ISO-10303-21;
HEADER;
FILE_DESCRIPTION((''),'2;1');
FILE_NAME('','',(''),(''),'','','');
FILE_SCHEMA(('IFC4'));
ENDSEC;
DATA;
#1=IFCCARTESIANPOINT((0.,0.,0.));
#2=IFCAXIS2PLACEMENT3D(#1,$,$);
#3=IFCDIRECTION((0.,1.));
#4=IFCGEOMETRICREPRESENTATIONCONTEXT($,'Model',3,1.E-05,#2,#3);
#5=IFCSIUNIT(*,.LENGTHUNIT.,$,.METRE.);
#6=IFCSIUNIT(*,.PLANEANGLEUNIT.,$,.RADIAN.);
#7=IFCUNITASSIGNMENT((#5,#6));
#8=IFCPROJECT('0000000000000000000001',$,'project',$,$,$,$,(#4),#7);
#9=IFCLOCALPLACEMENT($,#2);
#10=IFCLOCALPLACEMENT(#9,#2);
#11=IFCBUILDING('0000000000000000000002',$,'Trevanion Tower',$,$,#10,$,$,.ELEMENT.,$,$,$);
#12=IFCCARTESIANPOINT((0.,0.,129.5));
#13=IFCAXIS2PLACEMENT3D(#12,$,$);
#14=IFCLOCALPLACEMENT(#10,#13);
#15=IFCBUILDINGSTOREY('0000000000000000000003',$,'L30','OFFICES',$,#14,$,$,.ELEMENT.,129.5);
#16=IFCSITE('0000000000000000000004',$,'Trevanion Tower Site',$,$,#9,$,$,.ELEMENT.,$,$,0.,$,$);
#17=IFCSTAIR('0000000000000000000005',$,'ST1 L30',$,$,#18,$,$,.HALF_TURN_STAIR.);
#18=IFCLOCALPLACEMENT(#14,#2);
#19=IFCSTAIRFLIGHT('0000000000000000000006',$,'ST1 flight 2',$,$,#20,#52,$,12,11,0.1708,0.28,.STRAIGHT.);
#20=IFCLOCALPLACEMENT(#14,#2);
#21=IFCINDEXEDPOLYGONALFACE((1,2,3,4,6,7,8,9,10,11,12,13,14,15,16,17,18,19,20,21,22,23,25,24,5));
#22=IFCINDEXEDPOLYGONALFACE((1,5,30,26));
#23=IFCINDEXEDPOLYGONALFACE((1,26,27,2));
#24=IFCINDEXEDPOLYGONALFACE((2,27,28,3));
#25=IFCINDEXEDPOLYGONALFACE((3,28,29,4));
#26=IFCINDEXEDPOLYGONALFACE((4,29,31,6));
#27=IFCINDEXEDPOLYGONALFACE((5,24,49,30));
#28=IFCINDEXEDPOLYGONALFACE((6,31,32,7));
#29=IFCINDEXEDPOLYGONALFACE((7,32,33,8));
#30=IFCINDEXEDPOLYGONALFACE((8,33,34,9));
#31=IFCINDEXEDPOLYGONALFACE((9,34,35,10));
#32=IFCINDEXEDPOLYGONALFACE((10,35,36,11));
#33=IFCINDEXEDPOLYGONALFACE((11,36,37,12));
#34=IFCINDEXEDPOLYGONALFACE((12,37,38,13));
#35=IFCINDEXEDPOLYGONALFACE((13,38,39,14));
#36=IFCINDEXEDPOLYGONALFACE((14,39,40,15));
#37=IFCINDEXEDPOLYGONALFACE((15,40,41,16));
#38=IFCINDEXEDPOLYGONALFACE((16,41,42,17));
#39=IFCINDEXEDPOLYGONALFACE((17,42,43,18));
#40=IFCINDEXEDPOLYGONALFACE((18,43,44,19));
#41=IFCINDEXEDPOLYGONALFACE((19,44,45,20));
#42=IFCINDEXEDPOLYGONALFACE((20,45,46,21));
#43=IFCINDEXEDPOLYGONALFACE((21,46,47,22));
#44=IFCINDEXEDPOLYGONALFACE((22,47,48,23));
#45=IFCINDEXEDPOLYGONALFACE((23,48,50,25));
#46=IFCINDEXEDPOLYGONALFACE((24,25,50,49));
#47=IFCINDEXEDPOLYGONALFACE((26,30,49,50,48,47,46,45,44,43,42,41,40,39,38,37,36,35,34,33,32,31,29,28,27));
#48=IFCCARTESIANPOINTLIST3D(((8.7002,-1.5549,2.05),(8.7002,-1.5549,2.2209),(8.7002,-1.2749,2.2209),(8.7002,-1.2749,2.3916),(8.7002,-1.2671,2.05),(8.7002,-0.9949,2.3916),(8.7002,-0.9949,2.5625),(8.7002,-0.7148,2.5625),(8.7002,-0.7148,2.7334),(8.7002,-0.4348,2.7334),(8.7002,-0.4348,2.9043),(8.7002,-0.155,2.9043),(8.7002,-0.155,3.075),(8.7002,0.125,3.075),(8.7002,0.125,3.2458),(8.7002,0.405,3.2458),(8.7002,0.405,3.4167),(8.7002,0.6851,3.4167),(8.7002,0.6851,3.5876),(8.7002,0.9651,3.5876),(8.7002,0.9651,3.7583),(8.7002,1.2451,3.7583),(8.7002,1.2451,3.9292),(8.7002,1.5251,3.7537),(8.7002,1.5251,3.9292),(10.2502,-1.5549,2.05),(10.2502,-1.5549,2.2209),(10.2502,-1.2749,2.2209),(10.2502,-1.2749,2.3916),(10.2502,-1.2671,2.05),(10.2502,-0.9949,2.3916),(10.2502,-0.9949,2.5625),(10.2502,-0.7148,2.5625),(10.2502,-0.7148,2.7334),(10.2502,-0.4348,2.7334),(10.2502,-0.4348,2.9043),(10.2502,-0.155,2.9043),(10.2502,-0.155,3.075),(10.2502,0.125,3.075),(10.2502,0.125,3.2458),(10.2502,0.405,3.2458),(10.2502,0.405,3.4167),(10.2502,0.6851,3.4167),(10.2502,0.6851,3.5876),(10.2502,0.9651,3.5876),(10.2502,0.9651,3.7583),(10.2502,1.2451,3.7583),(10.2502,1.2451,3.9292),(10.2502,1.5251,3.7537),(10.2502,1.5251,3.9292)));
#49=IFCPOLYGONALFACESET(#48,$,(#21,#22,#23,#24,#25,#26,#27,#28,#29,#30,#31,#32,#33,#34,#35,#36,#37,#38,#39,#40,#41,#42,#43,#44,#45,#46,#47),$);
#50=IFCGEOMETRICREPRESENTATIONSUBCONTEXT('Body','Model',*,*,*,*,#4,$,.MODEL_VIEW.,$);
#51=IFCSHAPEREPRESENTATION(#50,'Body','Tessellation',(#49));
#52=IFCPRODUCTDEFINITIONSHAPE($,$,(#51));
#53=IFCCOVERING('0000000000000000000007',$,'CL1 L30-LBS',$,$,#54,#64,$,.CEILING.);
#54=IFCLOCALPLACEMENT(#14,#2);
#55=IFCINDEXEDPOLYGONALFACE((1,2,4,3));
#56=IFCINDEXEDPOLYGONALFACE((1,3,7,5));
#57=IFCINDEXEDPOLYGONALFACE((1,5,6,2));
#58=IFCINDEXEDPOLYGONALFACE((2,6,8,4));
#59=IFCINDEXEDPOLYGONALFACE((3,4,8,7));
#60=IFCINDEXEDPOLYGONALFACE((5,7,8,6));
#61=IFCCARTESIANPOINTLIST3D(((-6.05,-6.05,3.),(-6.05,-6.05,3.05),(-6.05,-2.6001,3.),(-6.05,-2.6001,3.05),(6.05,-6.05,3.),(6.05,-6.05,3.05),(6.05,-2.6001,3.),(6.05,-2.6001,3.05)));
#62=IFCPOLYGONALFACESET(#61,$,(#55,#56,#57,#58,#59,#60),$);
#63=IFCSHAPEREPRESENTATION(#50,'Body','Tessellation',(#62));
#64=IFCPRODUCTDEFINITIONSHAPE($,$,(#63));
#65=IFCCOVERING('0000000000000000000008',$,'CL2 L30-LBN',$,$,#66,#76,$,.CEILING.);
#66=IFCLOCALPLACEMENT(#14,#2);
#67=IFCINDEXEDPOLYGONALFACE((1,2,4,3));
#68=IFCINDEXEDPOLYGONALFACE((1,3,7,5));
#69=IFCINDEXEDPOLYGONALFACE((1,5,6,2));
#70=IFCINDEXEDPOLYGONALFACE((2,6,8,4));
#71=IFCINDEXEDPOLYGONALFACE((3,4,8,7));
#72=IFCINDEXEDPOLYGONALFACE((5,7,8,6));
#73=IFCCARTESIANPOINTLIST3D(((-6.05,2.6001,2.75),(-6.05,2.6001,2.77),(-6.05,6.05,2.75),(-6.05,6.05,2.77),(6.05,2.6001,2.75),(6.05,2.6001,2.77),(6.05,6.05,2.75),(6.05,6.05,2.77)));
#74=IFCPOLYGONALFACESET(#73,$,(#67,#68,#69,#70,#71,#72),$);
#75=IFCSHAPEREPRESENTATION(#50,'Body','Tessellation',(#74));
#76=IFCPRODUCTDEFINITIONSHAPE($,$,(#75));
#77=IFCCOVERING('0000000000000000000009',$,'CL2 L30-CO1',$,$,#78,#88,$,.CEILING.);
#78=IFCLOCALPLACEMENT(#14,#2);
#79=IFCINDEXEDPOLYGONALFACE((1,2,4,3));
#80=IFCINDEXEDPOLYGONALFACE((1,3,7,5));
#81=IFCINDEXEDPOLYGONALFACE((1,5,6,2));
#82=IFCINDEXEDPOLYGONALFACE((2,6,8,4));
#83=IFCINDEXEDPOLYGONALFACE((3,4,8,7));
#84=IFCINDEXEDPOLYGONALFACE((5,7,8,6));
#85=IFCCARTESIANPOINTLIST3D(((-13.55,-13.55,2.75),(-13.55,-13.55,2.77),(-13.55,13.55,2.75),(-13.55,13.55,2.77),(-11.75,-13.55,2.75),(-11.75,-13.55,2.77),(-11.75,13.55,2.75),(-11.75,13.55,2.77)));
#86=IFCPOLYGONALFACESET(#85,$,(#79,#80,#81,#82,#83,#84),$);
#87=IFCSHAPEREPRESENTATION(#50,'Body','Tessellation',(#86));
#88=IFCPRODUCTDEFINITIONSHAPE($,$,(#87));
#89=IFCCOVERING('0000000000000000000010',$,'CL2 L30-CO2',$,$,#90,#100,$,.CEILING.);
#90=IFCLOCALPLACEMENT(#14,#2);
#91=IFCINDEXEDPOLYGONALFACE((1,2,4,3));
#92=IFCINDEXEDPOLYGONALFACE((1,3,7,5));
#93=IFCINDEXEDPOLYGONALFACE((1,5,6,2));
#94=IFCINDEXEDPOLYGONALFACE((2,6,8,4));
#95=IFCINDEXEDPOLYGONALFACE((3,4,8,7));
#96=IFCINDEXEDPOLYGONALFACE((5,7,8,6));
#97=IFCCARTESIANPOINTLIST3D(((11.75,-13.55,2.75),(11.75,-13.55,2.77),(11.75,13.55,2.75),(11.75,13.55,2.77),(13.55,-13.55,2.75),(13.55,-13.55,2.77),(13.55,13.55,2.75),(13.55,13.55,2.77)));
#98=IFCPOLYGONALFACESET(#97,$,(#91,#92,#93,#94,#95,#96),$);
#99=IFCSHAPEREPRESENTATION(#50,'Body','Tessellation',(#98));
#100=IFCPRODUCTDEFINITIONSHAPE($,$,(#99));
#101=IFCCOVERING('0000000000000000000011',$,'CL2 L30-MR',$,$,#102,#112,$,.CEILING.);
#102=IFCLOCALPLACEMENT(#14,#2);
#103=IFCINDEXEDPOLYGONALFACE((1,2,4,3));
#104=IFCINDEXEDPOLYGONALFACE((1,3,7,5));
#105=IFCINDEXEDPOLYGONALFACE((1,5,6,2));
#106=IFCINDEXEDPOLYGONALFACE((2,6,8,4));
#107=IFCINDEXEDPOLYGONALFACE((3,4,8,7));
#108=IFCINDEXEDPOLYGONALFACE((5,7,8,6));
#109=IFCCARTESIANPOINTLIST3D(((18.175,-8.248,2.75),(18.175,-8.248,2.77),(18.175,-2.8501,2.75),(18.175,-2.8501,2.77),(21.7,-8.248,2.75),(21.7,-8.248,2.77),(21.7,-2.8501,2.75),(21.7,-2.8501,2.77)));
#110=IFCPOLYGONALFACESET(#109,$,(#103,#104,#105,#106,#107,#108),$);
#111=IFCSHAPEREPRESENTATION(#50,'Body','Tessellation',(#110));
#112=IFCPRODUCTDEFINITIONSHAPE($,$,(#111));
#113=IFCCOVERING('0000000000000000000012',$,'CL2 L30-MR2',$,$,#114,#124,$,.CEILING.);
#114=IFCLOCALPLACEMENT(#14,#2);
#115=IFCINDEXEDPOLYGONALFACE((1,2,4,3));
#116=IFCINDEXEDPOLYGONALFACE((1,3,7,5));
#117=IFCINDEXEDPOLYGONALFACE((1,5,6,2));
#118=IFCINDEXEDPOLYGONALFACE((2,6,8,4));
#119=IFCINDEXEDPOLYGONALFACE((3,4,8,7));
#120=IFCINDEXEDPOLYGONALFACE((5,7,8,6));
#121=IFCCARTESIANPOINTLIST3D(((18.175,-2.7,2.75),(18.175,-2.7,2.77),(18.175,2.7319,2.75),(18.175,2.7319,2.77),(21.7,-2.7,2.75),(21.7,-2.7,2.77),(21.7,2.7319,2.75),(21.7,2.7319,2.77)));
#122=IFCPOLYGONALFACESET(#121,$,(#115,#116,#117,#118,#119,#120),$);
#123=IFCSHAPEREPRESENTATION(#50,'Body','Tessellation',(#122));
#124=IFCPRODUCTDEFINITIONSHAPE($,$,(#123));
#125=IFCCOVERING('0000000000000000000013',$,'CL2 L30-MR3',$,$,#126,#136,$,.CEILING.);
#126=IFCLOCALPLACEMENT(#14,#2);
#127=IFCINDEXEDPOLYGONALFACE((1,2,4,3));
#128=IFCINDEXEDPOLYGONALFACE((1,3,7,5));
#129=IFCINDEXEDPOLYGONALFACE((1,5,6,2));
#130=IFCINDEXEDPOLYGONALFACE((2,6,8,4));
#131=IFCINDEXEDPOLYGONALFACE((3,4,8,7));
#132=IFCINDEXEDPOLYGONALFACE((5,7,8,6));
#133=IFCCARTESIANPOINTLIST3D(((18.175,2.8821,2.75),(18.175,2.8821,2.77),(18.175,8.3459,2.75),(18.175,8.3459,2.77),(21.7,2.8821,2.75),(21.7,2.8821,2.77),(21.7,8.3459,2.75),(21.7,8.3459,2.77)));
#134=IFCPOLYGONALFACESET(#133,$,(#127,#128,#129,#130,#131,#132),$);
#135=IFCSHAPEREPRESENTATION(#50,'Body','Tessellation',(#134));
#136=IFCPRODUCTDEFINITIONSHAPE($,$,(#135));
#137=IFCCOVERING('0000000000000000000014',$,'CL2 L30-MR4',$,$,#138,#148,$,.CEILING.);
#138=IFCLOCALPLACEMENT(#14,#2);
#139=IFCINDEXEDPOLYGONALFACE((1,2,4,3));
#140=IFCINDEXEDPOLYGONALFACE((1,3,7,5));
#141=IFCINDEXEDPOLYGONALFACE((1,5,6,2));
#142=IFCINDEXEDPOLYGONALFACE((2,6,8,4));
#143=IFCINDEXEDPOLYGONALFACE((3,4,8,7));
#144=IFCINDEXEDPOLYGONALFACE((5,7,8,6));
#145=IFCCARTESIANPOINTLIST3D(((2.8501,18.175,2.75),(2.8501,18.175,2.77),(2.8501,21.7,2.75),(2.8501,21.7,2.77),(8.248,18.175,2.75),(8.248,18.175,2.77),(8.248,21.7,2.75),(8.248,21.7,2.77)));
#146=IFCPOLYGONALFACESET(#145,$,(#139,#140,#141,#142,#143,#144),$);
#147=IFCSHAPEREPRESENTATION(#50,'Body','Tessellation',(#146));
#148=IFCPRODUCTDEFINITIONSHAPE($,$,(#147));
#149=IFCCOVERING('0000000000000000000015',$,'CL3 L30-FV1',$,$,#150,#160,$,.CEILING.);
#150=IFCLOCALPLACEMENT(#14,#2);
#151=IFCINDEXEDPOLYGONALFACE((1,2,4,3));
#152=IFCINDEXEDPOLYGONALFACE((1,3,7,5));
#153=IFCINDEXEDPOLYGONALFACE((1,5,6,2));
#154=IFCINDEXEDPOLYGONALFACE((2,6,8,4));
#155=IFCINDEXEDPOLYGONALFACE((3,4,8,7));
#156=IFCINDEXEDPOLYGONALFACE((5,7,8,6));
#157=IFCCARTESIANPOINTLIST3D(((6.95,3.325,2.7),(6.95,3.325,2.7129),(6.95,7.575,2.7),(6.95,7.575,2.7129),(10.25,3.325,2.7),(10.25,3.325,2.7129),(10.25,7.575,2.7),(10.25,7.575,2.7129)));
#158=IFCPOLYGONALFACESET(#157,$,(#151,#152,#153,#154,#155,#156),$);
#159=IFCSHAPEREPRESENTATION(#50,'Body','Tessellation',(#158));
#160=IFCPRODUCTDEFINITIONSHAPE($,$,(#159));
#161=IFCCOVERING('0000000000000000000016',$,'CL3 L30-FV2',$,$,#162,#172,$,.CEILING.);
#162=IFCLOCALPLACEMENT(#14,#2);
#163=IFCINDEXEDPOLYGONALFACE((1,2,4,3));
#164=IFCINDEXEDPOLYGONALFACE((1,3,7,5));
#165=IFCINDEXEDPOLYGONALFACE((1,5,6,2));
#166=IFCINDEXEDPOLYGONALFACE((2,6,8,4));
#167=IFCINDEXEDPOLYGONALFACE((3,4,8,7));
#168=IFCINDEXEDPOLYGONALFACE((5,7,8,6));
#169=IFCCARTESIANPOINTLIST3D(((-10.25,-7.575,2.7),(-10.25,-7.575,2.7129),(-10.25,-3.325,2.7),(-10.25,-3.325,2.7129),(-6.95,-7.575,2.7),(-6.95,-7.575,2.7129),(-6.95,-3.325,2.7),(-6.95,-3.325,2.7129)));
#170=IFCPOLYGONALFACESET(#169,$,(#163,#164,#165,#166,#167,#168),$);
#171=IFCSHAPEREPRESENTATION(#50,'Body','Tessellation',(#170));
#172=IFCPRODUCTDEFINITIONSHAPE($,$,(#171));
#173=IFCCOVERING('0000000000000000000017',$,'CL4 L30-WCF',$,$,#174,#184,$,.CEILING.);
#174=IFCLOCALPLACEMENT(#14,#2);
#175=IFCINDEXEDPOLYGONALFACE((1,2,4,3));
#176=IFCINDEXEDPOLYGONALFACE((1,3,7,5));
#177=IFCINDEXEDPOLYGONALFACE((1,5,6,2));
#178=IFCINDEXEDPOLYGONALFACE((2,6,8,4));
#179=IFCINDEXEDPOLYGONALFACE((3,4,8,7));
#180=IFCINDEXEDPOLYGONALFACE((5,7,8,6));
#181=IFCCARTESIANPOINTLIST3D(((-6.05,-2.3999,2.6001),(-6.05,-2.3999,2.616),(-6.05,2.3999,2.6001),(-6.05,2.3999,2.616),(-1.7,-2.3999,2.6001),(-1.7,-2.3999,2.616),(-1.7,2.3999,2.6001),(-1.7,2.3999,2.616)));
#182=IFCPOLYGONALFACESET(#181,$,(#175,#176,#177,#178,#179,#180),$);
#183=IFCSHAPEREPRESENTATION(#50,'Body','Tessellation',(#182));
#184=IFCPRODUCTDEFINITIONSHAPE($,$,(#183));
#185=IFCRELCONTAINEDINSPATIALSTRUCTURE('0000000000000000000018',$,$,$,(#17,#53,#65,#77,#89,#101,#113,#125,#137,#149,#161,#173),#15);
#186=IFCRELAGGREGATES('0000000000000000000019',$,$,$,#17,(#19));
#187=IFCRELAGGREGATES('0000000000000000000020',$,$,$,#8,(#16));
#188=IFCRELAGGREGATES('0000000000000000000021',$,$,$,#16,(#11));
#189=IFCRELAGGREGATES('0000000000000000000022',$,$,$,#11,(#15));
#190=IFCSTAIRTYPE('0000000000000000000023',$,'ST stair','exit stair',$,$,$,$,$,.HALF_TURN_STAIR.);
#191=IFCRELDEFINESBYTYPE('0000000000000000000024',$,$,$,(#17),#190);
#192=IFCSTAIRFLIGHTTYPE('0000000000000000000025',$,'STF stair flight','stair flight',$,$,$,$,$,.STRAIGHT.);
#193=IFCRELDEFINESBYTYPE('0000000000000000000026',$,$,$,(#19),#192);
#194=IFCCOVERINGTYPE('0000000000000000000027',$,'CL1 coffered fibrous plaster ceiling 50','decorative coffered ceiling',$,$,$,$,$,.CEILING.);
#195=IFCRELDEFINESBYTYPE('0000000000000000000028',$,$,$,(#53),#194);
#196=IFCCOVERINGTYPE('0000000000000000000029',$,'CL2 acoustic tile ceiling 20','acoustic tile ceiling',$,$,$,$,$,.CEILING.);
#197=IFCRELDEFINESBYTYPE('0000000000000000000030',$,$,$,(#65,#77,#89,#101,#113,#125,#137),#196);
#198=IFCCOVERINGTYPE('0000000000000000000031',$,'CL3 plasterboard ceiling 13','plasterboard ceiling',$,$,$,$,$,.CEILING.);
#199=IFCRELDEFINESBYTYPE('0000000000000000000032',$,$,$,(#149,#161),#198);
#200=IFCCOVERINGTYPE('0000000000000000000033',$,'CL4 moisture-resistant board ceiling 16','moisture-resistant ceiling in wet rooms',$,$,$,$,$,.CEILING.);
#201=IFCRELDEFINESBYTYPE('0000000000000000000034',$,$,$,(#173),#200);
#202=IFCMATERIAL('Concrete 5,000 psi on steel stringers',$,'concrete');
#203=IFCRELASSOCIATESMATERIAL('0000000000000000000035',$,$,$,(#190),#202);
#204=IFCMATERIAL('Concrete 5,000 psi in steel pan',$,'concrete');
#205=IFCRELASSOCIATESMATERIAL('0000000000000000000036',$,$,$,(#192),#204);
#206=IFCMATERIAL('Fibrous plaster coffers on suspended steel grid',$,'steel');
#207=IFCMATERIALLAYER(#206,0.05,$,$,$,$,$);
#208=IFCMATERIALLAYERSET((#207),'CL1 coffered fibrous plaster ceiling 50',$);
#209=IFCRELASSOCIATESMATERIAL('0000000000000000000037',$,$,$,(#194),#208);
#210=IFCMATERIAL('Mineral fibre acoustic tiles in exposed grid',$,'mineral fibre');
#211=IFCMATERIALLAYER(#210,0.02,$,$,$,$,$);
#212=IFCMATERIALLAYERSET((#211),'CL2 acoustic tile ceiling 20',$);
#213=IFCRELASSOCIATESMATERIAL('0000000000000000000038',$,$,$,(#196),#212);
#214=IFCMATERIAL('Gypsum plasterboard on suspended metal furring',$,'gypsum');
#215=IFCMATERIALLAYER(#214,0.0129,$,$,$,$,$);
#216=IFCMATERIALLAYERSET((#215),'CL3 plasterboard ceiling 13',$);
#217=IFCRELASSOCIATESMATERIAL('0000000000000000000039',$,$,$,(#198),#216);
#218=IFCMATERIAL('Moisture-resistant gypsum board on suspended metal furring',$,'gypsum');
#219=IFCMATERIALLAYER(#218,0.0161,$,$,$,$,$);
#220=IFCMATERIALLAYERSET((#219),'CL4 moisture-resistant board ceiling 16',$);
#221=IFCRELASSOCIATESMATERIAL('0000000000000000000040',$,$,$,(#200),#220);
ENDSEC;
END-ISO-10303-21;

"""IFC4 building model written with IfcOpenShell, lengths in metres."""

from ifc_helpers import new_model, si_unit, direction, frame, origin, place, context, subcontext, project, spatial, polyline, outline, extrude, material, layer, layer_set, type_object, element, aggregate, save


model = new_model("IFC4")

# Units and contexts
model_context = context("Model", 3, precision=1e-05, world=origin(), true_north=direction((0.0, 1.0)))
body_context = subcontext(model_context, "Body", "Model", "MODEL_VIEW")
ifc_project = project(units=[si_unit("LENGTHUNIT", "METRE"), si_unit("PLANEANGLEUNIT", "RADIAN")], contexts=[model_context])

# Site, building, storey
site_placement = place(None, origin())
site = spatial("IfcSite", under=ifc_project, at=site_placement, Name="Trevanion Tower Site", CompositionType="ELEMENT", RefElevation=0.0)
building_placement = place(site_placement, origin())
building = spatial("IfcBuilding", under=site, at=building_placement, Name="Trevanion Tower", CompositionType="ELEMENT")
storey_placement = place(building_placement, frame((0.0, 0.0, 129.5)))
storey = spatial("IfcBuildingStorey", under=building, at=storey_placement, Name="L30", Description="OFFICES", CompositionType="ELEMENT", Elevation=129.5)

# Shared definitions
ifc_material_1 = material(Name="Concrete 5,000 psi on steel stringers", Category="concrete")
stair_type = type_object("IfcStairType", Name="ST stair", Description="exit stair", PredefinedType="HALF_TURN_STAIR", material=ifc_material_1)

# Stair, stair flight
stair_1_placement = place(storey_placement, origin())
stair_1 = element("IfcStair", 1, at=stair_1_placement, inside=storey, type_object=stair_type, Name="ST1 L30", PredefinedType="HALF_TURN_STAIR")
ifc_material_2 = material(Name="Concrete 5,000 psi in steel pan", Category="concrete")
stair_flight_type = type_object("IfcStairFlightType", Name="STF stair flight", Description="stair flight", PredefinedType="STRAIGHT", material=ifc_material_2)
stair_flight_placement = place(storey_placement, frame((9.4751, -1.5549, 2.05), z_axis=(0.0, 0.0, 1.0), x_axis=(0.0, 1.0, 0.0)))
stair_flight = element("IfcStairFlight", 2, at=stair_flight_placement, type_object=stair_flight_type, Name="ST1 flight 2", NumberOfRisers=12, NumberOfTreads=11, PredefinedType="STRAIGHT", RiserHeight=0.1708, TreadLength=0.28, context=body_context, shape_type="SweptSolid", body=[
    extrude(outline(polyline([(0.0, 0.0), (0.0, 0.1709), (0.28, 0.1709), (0.28, 0.3416), (0.5601, 0.3416), (0.5601, 0.5125), (0.8401, 0.5125), (0.8401, 0.6833), (1.1201, 0.6833), (1.1201, 0.8542), (1.3999, 0.8542), (1.3999, 1.0249), (1.6799, 1.0249), (1.6799, 1.1958), (1.96, 1.1958), (1.96, 1.3667), (2.24, 1.3667), (2.24, 1.5376), (2.52, 1.5376), (2.52, 1.7083), (2.8, 1.7083), (2.8, 1.8792), (3.0801, 1.8792), (3.0801, 2.05), (3.0801, 1.7036), (0.2878, 0.0), (0.0, 0.0)])), frame((0.0, 0.7749, 0.0), z_axis=(0.0, -1.0, 0.0), x_axis=(1.0, 0.0, 0.0)), (0.0, 0.0, 1.0), 1.55),
])
aggregate(stair_1, [stair_flight])

# Coverings
ifc_material_3 = material(Name="Fibrous plaster coffers on suspended steel grid", Category="steel")
ifc_layer_1 = layer(ifc_material_3, 0.05)
ifc_layer_set_1 = layer_set([ifc_layer_1], Name="CL1 coffered fibrous plaster ceiling 50")
covering_type_1 = type_object("IfcCoveringType", Name="CL1 coffered fibrous plaster ceiling 50", Description="decorative coffered ceiling", PredefinedType="CEILING", material=ifc_layer_set_1)
covering_1_placement = place(storey_placement, frame((0.0, 0.0, 3.0)))
element("IfcCovering", 3, at=covering_1_placement, inside=storey, type_object=covering_type_1, Name="CL1 L30-LBS", PredefinedType="CEILING", context=body_context, shape_type="SweptSolid", body=[
    extrude(outline(polyline([(6.05, -6.05), (6.05, -2.6001), (-6.05, -2.6001), (-6.05, -6.05), (6.05, -6.05)])), origin(), (0.0, 0.0, 1.0), 0.05),
])
ifc_material_4 = material(Name="Mineral fibre acoustic tiles in exposed grid", Category="mineral fibre")
ifc_layer_2 = layer(ifc_material_4, 0.02)
ifc_layer_set_2 = layer_set([ifc_layer_2], Name="CL2 acoustic tile ceiling 20")
covering_type_2 = type_object("IfcCoveringType", Name="CL2 acoustic tile ceiling 20", Description="acoustic tile ceiling", PredefinedType="CEILING", material=ifc_layer_set_2)
covering_2_placement = place(storey_placement, frame((0.0, 0.0, 2.75)))
element("IfcCovering", 4, at=covering_2_placement, inside=storey, type_object=covering_type_2, Name="CL2 L30-LBN", PredefinedType="CEILING", context=body_context, shape_type="SweptSolid", body=[
    extrude(outline(polyline([(6.05, 2.6001), (6.05, 6.05), (-6.05, 6.05), (-6.05, 2.6001), (6.05, 2.6001)])), origin(), (0.0, 0.0, 1.0), 0.02),
])
covering_3_placement = place(storey_placement, frame((0.0, 0.0, 2.75)))
element("IfcCovering", 5, at=covering_3_placement, inside=storey, type_object=covering_type_2, Name="CL2 L30-CO1", PredefinedType="CEILING", context=body_context, shape_type="SweptSolid", body=[
    extrude(outline(polyline([(-11.75, 13.55), (-11.75, -13.55), (-13.55, -13.55), (-13.55, 13.55), (-11.75, 13.55)])), origin(), (0.0, 0.0, 1.0), 0.02),
])
covering_4_placement = place(storey_placement, frame((0.0, 0.0, 2.75)))
element("IfcCovering", 6, at=covering_4_placement, inside=storey, type_object=covering_type_2, Name="CL2 L30-CO2", PredefinedType="CEILING", context=body_context, shape_type="SweptSolid", body=[
    extrude(outline(polyline([(11.75, 13.55), (13.55, 13.55), (13.55, -13.55), (11.75, -13.55), (11.75, 13.55)])), origin(), (0.0, 0.0, 1.0), 0.02),
])
covering_5_placement = place(storey_placement, frame((0.0, 0.0, 2.75)))
element("IfcCovering", 7, at=covering_5_placement, inside=storey, type_object=covering_type_2, Name="CL2 L30-MR", PredefinedType="CEILING", context=body_context, shape_type="SweptSolid", body=[
    extrude(outline(polyline([(18.175, -8.248), (18.175, -2.8501), (21.7, -2.8501), (21.7, -8.248), (18.175, -8.248)])), origin(), (0.0, 0.0, 1.0), 0.02),
])
covering_6_placement = place(storey_placement, frame((0.0, 0.0, 2.75)))
element("IfcCovering", 8, at=covering_6_placement, inside=storey, type_object=covering_type_2, Name="CL2 L30-MR2", PredefinedType="CEILING", context=body_context, shape_type="SweptSolid", body=[
    extrude(outline(polyline([(18.175, -2.7), (18.175, 2.7319), (21.7, 2.7319), (21.7, -2.7), (18.175, -2.7)])), origin(), (0.0, 0.0, 1.0), 0.02),
])
covering_7_placement = place(storey_placement, frame((0.0, 0.0, 2.75)))
element("IfcCovering", 9, at=covering_7_placement, inside=storey, type_object=covering_type_2, Name="CL2 L30-MR3", PredefinedType="CEILING", context=body_context, shape_type="SweptSolid", body=[
    extrude(outline(polyline([(18.175, 2.8821), (18.175, 8.3459), (21.7, 8.3459), (21.7, 2.8821), (18.175, 2.8821)])), origin(), (0.0, 0.0, 1.0), 0.02),
])
covering_8_placement = place(storey_placement, frame((0.0, 0.0, 2.75)))
element("IfcCovering", 10, at=covering_8_placement, inside=storey, type_object=covering_type_2, Name="CL2 L30-MR4", PredefinedType="CEILING", context=body_context, shape_type="SweptSolid", body=[
    extrude(outline(polyline([(8.248, 18.175), (2.8501, 18.175), (2.8501, 21.7), (8.248, 21.7), (8.248, 18.175)])), origin(), (0.0, 0.0, 1.0), 0.02),
])
ifc_material_5 = material(Name="Gypsum plasterboard on suspended metal furring", Category="gypsum")
ifc_layer_3 = layer(ifc_material_5, 0.0129)
ifc_layer_set_3 = layer_set([ifc_layer_3], Name="CL3 plasterboard ceiling 13")
covering_type_3 = type_object("IfcCoveringType", Name="CL3 plasterboard ceiling 13", Description="plasterboard ceiling", PredefinedType="CEILING", material=ifc_layer_set_3)
covering_9_placement = place(storey_placement, frame((0.0, 0.0, 2.7)))
element("IfcCovering", 11, at=covering_9_placement, inside=storey, type_object=covering_type_3, Name="CL3 L30-FV1", PredefinedType="CEILING", context=body_context, shape_type="SweptSolid", body=[
    extrude(outline(polyline([(10.25, 3.325), (10.25, 7.575), (6.95, 7.575), (6.95, 3.325), (10.25, 3.325)])), origin(), (0.0, 0.0, 1.0), 0.0129),
])
covering_10_placement = place(storey_placement, frame((0.0, 0.0, 2.7)))
element("IfcCovering", 12, at=covering_10_placement, inside=storey, type_object=covering_type_3, Name="CL3 L30-FV2", PredefinedType="CEILING", context=body_context, shape_type="SweptSolid", body=[
    extrude(outline(polyline([(-10.25, -3.325), (-10.25, -7.575), (-6.95, -7.575), (-6.95, -3.325), (-10.25, -3.325)])), origin(), (0.0, 0.0, 1.0), 0.0129),
])
ifc_material_6 = material(Name="Moisture-resistant gypsum board on suspended metal furring", Category="gypsum")
ifc_layer_4 = layer(ifc_material_6, 0.0161)
ifc_layer_set_4 = layer_set([ifc_layer_4], Name="CL4 moisture-resistant board ceiling 16")
covering_type_4 = type_object("IfcCoveringType", Name="CL4 moisture-resistant board ceiling 16", Description="moisture-resistant ceiling in wet rooms", PredefinedType="CEILING", material=ifc_layer_set_4)
covering_11_placement = place(storey_placement, frame((0.0, 0.0, 2.6001)))
element("IfcCovering", 13, at=covering_11_placement, inside=storey, type_object=covering_type_4, Name="CL4 L30-WCF", PredefinedType="CEILING", context=body_context, shape_type="SweptSolid", body=[
    extrude(outline(polyline([(-1.7, -2.3999), (-1.7, 2.3999), (-6.05, 2.3999), (-6.05, -2.3999), (-1.7, -2.3999)])), origin(), (0.0, 0.0, 1.0), 0.0159),
])

save(model, "model.ifc")
